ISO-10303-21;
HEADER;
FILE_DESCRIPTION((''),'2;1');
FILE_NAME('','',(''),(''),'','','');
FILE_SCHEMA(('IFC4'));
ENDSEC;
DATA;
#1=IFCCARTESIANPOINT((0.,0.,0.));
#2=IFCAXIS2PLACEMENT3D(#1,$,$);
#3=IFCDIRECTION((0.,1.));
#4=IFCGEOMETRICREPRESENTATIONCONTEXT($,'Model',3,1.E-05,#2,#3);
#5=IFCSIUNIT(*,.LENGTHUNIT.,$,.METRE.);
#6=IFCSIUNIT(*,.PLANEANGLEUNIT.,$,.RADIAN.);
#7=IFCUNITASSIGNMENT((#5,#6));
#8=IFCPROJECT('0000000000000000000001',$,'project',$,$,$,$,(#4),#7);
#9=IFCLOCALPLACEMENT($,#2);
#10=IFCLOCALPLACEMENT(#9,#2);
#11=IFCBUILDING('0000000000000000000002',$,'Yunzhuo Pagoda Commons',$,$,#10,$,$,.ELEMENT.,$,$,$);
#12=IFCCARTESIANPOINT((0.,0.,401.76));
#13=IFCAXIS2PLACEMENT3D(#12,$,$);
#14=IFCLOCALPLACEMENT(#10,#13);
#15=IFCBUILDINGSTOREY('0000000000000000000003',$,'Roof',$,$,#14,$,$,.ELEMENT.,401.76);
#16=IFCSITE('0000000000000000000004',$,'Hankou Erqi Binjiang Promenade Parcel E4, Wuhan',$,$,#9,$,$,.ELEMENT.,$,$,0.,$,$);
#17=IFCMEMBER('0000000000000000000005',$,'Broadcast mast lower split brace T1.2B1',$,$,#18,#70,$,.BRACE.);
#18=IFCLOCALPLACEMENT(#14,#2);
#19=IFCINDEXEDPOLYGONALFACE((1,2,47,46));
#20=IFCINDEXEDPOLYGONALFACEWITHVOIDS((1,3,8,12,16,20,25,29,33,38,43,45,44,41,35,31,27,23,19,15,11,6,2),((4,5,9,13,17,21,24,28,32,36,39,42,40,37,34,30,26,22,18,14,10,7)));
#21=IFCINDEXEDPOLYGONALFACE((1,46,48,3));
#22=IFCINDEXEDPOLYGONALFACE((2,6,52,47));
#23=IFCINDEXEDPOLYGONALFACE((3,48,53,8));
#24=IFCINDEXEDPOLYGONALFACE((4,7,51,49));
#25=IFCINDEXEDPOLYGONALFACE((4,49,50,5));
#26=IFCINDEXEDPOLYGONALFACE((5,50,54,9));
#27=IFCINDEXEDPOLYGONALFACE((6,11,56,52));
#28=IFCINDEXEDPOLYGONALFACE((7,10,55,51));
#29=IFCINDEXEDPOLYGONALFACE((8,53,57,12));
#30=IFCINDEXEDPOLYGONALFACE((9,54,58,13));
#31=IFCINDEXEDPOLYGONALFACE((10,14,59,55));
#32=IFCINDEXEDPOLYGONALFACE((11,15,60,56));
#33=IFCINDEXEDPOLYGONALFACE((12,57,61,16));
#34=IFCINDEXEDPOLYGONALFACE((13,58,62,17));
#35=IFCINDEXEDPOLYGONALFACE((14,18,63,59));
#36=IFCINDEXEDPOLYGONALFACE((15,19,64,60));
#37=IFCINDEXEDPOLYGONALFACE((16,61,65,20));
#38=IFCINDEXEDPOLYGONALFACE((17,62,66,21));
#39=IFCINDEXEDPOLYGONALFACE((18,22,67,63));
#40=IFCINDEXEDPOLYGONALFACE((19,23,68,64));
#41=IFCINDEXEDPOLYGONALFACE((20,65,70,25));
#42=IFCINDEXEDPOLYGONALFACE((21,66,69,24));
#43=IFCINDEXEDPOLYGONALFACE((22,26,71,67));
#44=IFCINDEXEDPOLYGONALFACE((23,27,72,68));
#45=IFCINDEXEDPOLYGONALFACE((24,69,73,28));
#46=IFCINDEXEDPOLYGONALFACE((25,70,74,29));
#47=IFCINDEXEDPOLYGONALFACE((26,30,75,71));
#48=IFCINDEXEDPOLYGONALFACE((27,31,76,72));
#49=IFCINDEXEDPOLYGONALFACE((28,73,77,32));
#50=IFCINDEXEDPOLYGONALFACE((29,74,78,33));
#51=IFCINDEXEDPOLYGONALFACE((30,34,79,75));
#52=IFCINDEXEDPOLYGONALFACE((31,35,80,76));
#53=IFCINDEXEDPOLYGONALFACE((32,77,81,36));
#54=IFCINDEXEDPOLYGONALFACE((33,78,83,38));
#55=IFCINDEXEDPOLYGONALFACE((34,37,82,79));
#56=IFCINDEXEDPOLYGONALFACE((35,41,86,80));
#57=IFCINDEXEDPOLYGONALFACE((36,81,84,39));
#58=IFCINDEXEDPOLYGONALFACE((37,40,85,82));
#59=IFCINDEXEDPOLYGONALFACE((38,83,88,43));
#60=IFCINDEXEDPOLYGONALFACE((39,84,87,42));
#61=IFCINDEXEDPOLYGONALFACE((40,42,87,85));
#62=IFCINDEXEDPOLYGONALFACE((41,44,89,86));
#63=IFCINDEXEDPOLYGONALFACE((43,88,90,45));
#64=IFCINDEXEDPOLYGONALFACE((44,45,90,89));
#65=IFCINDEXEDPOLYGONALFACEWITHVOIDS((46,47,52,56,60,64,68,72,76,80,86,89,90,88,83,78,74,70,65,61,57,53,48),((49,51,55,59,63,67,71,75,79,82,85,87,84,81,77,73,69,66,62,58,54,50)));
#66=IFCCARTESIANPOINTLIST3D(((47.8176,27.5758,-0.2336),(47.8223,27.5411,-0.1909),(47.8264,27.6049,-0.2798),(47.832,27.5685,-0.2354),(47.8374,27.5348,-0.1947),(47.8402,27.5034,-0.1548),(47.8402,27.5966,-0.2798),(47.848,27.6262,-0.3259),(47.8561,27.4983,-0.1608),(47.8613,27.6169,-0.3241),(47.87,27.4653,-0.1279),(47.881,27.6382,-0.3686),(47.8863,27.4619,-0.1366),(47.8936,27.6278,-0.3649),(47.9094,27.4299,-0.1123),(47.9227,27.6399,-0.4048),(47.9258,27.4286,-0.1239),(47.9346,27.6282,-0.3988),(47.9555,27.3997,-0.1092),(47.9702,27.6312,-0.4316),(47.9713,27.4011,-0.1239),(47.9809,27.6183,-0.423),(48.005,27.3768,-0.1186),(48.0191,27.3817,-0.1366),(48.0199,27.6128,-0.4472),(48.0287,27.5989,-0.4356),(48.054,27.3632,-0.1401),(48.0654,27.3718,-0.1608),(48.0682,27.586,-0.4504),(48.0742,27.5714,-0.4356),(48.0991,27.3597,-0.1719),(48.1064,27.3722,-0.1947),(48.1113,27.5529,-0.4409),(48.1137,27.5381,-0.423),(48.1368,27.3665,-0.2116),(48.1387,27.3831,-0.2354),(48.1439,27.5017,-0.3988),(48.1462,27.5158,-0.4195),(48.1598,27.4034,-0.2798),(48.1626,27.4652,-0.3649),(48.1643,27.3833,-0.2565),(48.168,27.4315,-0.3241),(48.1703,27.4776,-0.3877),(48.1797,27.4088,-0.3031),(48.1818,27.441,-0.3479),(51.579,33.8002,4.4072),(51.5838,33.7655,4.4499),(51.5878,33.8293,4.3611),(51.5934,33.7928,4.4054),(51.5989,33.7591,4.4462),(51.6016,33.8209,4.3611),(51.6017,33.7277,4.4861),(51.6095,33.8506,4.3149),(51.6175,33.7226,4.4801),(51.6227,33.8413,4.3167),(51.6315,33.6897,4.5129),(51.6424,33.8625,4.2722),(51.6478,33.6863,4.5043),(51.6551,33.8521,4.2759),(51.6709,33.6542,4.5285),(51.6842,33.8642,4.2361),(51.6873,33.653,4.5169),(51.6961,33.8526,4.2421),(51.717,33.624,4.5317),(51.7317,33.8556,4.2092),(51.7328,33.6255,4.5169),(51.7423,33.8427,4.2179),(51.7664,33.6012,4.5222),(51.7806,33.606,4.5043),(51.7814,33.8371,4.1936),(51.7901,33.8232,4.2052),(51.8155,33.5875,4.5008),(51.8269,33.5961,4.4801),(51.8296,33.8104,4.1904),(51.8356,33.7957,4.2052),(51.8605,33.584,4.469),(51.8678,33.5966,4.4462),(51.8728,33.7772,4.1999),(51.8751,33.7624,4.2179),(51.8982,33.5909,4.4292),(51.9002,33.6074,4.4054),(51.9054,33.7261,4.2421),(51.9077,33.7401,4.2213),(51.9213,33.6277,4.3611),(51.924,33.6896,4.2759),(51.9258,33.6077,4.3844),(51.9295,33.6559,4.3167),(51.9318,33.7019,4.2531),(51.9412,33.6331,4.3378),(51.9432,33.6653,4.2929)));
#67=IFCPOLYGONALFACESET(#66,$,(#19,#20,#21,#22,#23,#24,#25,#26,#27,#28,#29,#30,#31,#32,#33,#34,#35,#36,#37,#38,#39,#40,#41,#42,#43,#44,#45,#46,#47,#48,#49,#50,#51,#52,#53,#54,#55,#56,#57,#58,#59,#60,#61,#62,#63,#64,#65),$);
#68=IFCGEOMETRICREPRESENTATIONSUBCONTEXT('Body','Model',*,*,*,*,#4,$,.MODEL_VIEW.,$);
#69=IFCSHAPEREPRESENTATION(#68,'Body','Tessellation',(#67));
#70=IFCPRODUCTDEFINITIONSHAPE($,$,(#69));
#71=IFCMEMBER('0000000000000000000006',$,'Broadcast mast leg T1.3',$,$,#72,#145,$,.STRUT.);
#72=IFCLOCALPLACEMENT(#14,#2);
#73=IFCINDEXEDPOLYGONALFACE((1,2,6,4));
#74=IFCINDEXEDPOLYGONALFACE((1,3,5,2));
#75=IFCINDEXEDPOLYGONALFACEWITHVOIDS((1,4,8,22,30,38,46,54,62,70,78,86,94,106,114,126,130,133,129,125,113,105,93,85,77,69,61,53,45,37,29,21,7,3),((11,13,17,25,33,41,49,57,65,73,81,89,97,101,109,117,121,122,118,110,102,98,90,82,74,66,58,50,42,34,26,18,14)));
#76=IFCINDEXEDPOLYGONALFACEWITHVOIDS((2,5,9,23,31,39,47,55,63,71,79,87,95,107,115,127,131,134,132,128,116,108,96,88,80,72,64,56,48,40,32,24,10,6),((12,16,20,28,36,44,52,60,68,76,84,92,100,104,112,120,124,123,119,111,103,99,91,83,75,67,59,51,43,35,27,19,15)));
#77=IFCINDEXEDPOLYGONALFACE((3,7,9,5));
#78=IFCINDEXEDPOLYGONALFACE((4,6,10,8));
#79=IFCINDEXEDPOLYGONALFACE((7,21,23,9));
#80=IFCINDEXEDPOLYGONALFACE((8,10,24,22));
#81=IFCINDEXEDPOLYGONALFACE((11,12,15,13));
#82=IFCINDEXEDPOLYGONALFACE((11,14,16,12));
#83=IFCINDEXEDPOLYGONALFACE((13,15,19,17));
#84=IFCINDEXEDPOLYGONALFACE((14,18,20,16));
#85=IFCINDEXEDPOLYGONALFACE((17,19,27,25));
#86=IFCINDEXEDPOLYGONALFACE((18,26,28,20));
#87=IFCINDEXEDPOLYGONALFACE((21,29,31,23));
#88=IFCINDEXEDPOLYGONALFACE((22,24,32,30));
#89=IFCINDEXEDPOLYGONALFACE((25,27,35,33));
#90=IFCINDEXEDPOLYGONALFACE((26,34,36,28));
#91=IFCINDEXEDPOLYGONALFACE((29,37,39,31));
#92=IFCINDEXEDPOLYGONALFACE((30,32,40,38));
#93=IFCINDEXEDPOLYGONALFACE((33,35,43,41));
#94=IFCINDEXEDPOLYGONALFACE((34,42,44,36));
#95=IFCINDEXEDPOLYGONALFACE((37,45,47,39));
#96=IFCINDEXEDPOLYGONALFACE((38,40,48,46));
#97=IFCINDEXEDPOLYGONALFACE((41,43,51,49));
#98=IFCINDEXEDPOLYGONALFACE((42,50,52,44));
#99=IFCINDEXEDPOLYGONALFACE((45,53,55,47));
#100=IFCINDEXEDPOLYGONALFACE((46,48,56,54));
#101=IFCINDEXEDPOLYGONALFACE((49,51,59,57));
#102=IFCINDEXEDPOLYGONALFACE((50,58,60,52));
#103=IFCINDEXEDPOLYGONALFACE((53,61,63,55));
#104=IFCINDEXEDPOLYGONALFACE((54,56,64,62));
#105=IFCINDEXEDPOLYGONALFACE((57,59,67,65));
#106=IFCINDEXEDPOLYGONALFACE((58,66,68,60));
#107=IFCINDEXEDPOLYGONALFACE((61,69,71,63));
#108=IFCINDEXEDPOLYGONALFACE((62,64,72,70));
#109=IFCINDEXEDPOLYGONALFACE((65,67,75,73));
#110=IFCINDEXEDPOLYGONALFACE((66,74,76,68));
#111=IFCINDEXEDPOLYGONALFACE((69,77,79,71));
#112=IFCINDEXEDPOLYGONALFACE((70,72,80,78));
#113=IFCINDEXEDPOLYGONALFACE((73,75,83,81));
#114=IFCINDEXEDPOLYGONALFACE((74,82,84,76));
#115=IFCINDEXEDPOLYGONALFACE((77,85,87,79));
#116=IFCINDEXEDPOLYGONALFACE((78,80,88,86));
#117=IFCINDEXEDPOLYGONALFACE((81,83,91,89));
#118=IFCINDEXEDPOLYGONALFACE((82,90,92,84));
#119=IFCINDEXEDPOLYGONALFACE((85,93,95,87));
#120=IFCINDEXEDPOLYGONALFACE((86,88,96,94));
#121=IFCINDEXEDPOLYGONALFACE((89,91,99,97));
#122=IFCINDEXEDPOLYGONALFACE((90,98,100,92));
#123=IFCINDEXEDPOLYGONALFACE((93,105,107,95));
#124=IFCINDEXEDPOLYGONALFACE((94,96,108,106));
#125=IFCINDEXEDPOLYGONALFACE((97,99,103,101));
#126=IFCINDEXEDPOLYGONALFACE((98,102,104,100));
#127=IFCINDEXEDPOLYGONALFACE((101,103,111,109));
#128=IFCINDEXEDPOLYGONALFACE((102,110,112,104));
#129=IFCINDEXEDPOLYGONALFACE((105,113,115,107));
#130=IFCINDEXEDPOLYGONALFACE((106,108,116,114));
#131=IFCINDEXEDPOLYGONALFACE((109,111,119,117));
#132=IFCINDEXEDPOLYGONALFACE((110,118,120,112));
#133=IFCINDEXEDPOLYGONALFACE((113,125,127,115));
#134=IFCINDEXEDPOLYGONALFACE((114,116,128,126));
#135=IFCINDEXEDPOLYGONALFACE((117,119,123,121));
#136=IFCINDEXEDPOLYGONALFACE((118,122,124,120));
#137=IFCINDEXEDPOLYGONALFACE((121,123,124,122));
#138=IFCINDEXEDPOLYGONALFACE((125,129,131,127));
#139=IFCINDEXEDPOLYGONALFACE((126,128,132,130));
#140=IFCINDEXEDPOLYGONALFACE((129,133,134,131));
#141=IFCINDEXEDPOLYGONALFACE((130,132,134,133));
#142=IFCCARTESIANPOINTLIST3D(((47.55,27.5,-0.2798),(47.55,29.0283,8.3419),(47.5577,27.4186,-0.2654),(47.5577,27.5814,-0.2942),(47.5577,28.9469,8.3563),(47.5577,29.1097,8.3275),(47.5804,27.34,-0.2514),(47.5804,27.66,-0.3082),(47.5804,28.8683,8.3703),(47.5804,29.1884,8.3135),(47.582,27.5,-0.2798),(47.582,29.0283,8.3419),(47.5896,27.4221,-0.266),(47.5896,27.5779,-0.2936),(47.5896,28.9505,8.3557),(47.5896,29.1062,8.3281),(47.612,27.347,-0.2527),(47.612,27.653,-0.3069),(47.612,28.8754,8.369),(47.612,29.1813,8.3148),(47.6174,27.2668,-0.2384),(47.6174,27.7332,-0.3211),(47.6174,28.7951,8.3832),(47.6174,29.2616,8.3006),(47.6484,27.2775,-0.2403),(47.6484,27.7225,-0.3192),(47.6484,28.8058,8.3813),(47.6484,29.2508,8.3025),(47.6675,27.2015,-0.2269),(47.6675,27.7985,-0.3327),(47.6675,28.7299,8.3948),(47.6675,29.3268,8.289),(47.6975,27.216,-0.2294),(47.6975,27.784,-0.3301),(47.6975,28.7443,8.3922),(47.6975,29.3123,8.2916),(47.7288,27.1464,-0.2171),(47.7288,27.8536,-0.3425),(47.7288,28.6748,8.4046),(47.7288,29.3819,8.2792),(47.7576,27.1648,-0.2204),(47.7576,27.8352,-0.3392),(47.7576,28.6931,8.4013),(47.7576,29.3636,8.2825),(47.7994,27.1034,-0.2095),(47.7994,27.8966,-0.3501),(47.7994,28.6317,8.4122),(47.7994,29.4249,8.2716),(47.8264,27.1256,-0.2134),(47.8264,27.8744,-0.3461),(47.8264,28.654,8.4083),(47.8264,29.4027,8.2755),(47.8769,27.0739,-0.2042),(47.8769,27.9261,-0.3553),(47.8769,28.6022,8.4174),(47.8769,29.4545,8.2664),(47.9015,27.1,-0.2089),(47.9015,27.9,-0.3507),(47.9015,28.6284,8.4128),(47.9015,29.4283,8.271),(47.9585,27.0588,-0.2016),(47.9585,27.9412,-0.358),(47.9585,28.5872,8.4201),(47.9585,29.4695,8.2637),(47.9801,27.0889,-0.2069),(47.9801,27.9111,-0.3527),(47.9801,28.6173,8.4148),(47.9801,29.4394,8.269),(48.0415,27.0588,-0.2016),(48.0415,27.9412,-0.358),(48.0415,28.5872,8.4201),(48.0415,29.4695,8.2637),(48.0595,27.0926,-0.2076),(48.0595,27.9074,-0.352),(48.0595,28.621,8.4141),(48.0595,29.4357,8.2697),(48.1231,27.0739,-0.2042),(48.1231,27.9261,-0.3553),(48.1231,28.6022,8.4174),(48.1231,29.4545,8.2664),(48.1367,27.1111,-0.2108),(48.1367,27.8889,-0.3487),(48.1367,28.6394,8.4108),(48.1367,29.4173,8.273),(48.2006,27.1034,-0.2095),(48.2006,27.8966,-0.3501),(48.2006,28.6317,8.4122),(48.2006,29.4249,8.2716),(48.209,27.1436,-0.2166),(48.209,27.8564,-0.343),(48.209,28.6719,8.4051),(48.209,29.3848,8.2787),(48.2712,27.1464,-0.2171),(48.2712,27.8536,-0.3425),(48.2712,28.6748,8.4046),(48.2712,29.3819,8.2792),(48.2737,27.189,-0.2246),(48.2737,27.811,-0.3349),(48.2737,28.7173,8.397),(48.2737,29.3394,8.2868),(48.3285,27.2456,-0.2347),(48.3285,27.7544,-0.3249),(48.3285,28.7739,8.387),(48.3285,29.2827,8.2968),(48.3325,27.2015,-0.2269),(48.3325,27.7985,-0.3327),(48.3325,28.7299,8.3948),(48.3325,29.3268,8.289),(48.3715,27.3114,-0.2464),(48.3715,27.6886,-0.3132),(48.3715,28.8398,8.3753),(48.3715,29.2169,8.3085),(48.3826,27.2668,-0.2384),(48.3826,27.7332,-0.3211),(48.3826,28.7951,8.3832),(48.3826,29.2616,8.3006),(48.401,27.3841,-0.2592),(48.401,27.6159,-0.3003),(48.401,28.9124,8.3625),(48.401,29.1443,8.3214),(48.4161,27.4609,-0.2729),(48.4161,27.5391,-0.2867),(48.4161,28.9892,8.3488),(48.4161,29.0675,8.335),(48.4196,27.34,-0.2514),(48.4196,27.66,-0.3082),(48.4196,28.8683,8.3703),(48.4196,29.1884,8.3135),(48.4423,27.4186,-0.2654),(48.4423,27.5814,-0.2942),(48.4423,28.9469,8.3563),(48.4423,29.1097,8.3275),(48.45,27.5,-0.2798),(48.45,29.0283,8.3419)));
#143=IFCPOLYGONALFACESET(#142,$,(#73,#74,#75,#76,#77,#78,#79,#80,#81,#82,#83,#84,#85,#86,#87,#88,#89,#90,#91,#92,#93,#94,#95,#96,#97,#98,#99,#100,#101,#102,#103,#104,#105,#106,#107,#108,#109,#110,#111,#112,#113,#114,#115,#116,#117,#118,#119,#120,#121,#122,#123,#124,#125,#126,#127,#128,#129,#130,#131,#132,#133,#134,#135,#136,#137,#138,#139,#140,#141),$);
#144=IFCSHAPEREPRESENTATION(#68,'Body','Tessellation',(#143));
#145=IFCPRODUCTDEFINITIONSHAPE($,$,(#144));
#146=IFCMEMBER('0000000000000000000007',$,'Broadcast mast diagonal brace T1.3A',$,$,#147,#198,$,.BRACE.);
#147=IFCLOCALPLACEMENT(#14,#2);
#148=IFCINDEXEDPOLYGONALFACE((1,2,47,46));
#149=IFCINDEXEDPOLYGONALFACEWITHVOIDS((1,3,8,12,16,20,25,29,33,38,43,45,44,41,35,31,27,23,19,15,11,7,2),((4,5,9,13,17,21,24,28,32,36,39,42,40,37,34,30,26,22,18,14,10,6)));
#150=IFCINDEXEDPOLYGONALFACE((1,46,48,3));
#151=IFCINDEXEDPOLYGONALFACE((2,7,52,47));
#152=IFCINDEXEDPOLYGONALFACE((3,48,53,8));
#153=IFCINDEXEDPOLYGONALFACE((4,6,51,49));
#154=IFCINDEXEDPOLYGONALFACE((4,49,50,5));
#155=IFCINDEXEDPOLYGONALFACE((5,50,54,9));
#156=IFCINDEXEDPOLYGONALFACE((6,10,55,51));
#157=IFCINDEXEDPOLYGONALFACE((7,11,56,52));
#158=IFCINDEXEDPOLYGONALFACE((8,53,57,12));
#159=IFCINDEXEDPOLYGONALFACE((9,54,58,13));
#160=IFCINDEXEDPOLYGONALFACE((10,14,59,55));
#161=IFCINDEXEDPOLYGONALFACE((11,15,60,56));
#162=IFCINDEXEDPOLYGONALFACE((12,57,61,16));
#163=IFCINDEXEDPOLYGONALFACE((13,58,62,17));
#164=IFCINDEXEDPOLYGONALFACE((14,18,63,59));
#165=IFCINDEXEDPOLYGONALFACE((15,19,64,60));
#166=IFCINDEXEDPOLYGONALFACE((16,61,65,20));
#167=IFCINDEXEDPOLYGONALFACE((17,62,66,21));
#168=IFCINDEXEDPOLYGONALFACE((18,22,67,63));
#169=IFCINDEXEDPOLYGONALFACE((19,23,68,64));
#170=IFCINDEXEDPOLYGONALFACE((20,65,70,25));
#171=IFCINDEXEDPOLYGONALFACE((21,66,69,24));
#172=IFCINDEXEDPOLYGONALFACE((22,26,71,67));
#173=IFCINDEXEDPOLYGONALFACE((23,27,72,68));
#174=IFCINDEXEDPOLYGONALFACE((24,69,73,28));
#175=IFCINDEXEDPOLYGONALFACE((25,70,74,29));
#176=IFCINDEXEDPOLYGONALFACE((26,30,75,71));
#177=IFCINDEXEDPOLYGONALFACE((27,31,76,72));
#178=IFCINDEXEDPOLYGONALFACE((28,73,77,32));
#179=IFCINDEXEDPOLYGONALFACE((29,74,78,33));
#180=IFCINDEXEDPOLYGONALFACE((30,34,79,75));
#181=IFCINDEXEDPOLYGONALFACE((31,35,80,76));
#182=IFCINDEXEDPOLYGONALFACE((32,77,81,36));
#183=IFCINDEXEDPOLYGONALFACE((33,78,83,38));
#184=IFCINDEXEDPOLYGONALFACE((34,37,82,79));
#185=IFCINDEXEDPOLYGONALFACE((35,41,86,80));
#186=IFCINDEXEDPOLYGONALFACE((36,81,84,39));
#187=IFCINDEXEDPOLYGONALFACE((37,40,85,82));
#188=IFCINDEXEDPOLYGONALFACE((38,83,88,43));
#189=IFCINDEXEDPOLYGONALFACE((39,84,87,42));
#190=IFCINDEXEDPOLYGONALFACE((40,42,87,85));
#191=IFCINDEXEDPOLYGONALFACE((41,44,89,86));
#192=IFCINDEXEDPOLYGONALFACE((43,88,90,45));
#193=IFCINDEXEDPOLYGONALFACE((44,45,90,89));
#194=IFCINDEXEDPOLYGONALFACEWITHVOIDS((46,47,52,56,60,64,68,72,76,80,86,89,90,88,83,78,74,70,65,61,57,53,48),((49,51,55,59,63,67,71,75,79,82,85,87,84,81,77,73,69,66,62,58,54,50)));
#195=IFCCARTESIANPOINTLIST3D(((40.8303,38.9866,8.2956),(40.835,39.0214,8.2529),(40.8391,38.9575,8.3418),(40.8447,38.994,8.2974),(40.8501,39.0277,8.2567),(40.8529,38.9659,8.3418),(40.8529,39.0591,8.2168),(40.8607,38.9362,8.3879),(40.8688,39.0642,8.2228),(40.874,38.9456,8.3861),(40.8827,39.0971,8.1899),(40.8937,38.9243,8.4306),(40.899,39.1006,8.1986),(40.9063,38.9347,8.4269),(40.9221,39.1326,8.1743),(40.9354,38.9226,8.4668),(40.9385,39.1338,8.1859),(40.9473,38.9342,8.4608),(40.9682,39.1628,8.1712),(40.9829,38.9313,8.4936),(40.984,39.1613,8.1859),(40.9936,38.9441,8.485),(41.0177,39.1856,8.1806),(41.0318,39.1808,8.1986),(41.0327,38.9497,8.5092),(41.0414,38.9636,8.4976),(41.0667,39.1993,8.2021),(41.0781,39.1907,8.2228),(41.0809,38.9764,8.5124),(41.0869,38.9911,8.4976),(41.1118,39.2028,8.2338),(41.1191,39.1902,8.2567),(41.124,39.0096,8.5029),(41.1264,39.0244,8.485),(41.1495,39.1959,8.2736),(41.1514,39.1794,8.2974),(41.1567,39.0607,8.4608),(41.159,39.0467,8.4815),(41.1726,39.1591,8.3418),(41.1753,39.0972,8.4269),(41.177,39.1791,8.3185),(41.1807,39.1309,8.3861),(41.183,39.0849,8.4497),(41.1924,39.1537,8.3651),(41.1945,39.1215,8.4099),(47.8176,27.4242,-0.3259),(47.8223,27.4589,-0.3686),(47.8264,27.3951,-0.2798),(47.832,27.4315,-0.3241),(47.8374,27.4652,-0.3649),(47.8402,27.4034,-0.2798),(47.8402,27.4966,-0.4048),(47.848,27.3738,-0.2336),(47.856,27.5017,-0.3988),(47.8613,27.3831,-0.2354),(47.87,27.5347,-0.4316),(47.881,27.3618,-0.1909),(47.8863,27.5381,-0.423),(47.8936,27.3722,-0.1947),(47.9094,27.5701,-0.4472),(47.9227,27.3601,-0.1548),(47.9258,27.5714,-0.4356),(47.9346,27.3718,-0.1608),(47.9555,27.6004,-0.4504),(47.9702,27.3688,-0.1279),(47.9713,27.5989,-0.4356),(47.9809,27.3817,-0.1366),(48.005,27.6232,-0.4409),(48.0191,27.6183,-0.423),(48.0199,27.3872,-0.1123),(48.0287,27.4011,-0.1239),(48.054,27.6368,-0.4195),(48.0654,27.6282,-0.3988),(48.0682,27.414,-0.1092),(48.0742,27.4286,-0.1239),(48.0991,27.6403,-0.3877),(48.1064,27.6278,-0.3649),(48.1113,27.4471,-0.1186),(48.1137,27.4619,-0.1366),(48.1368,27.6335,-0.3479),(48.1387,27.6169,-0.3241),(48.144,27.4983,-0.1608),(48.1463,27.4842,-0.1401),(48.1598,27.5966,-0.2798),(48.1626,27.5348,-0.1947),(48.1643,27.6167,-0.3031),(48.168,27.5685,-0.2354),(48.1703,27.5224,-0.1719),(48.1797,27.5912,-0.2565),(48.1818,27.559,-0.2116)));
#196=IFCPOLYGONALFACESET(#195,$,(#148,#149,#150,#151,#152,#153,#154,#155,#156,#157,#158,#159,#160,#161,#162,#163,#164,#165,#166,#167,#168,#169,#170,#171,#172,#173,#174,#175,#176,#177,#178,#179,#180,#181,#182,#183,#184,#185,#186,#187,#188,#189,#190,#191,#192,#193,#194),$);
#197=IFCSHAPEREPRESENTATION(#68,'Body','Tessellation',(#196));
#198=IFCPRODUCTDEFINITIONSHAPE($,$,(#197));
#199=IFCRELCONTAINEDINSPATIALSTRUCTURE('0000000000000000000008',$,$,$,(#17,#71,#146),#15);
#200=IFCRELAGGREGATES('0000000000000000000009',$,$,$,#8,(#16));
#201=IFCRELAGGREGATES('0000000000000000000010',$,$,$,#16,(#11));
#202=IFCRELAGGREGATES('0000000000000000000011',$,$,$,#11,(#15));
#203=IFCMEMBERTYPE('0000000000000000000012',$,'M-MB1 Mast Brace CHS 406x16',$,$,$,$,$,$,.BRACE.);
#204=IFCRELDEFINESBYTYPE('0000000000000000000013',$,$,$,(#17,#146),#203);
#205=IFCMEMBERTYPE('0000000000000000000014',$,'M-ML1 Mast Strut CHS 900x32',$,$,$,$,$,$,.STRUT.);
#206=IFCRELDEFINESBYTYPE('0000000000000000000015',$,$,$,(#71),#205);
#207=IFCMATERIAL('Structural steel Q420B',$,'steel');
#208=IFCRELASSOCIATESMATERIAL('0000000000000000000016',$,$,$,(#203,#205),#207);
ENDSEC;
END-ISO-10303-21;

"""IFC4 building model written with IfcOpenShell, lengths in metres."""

from ifc_helpers import new_model, si_unit, direction, frame, origin, origin_2d, place, context, subcontext, project, spatial, hollow_circle, extrude, source, transform, mapped, material, material_profile, profile_set, type_object, element, save


model = new_model("IFC4")

# Units and contexts
model_context = context("Model", 3, precision=1e-05, world=origin(), true_north=direction((0.0, 1.0)))
body_context = subcontext(model_context, "Body", "Model", "MODEL_VIEW")
ifc_project = project(units=[si_unit("LENGTHUNIT", "METRE"), si_unit("PLANEANGLEUNIT", "RADIAN")], contexts=[model_context])

# Site, building, storey
site_placement = place(None, origin())
site = spatial("IfcSite", under=ifc_project, at=site_placement, Name="Hankou Erqi Binjiang Promenade Parcel E4, Wuhan", CompositionType="ELEMENT", RefElevation=0.0)
building_placement = place(site_placement, origin())
building = spatial("IfcBuilding", under=site, at=building_placement, Name="Yunzhuo Pagoda Commons", CompositionType="ELEMENT")
storey_placement = place(building_placement, frame((0.0, 0.0, 401.76)))
storey = spatial("IfcBuildingStorey", under=building, at=storey_placement, Name="Roof", CompositionType="ELEMENT", Elevation=401.76)

# Members
ifc_material_1 = material(Name="Structural steel Q420B", Category="steel")
ifc_material_profile_1 = material_profile(ifc_material_1, hollow_circle(Radius=0.2029, WallThickness=0.0161, at=origin_2d()), Name="Structural steel Q420B")
ifc_profile_set_1 = profile_set([ifc_material_profile_1], Name="Structural steel Q420B")
member_type_1 = type_object("IfcMemberType", Name="M-MB1 Mast Brace CHS 406x16", PredefinedType="BRACE", material=ifc_profile_set_1)
shared_shape_1 = source(origin(), body_context, "Body", "SweptSolid", [
    extrude(hollow_circle(Radius=0.2029, WallThickness=0.0161, at=origin_2d()), origin(), (0.0, 0.0, 1.0), 8.6272),
])
member_1_placement = place(storey_placement, frame((48.0, 27.5, -0.2798), z_axis=(0.436, 0.721479, 0.537933), x_axis=(-0.85586, 0.517208, 0.0)))
element("IfcMember", 1, at=member_1_placement, inside=storey, type_object=member_type_1, Name="Broadcast mast lower split brace T1.2B1", PredefinedType="BRACE", context=body_context, shape_type="MappedRepresentation", body=[
    mapped(shared_shape_1, transform((0.0, 0.0, 0.0), scale=1.0)),
])
ifc_material_profile_2 = material_profile(ifc_material_1, hollow_circle(Radius=0.45, WallThickness=0.032, at=origin_2d()), Name="Structural steel Q420B")
ifc_profile_set_2 = profile_set([ifc_material_profile_2], Name="Structural steel Q420B")
member_type_2 = type_object("IfcMemberType", Name="M-ML1 Mast Strut CHS 900x32", PredefinedType="STRUT", material=ifc_profile_set_2)
shared_shape_2 = source(origin(), body_context, "Body", "SweptSolid", [
    extrude(hollow_circle(Radius=0.45, WallThickness=0.032, at=origin_2d()), origin(), (0.0, 0.0, 1.0), 8.7561),
])
member_2_placement = place(storey_placement, frame((48.0, 27.5, -0.2798), z_axis=(0.0, 0.174546, 0.984649), x_axis=(-1.0, 0.0, 0.0)))
element("IfcMember", 2, at=member_2_placement, inside=storey, type_object=member_type_2, Name="Broadcast mast leg T1.3", PredefinedType="STRUT", context=body_context, shape_type="MappedRepresentation", body=[
    mapped(shared_shape_2, transform((0.0, 0.0, 0.0), scale=1.0)),
])
shared_shape_3 = source(origin(), body_context, "Body", "SweptSolid", [
    extrude(hollow_circle(Radius=0.2029, WallThickness=0.0161, at=origin_2d()), origin(), (0.0, 0.0, 1.0), 16.0264),
])
member_3_placement = place(storey_placement, frame((48.0, 27.5, -0.2798), z_axis=(-0.435987, 0.721466, 0.537961), x_axis=(-0.855862, -0.517204, 0.0)))
element("IfcMember", 3, at=member_3_placement, inside=storey, type_object=member_type_1, Name="Broadcast mast diagonal brace T1.3A", PredefinedType="BRACE", context=body_context, shape_type="MappedRepresentation", body=[
    mapped(shared_shape_3, transform((0.0, 0.0, 0.0), scale=1.0)),
])

save(model, "model.ifc")
